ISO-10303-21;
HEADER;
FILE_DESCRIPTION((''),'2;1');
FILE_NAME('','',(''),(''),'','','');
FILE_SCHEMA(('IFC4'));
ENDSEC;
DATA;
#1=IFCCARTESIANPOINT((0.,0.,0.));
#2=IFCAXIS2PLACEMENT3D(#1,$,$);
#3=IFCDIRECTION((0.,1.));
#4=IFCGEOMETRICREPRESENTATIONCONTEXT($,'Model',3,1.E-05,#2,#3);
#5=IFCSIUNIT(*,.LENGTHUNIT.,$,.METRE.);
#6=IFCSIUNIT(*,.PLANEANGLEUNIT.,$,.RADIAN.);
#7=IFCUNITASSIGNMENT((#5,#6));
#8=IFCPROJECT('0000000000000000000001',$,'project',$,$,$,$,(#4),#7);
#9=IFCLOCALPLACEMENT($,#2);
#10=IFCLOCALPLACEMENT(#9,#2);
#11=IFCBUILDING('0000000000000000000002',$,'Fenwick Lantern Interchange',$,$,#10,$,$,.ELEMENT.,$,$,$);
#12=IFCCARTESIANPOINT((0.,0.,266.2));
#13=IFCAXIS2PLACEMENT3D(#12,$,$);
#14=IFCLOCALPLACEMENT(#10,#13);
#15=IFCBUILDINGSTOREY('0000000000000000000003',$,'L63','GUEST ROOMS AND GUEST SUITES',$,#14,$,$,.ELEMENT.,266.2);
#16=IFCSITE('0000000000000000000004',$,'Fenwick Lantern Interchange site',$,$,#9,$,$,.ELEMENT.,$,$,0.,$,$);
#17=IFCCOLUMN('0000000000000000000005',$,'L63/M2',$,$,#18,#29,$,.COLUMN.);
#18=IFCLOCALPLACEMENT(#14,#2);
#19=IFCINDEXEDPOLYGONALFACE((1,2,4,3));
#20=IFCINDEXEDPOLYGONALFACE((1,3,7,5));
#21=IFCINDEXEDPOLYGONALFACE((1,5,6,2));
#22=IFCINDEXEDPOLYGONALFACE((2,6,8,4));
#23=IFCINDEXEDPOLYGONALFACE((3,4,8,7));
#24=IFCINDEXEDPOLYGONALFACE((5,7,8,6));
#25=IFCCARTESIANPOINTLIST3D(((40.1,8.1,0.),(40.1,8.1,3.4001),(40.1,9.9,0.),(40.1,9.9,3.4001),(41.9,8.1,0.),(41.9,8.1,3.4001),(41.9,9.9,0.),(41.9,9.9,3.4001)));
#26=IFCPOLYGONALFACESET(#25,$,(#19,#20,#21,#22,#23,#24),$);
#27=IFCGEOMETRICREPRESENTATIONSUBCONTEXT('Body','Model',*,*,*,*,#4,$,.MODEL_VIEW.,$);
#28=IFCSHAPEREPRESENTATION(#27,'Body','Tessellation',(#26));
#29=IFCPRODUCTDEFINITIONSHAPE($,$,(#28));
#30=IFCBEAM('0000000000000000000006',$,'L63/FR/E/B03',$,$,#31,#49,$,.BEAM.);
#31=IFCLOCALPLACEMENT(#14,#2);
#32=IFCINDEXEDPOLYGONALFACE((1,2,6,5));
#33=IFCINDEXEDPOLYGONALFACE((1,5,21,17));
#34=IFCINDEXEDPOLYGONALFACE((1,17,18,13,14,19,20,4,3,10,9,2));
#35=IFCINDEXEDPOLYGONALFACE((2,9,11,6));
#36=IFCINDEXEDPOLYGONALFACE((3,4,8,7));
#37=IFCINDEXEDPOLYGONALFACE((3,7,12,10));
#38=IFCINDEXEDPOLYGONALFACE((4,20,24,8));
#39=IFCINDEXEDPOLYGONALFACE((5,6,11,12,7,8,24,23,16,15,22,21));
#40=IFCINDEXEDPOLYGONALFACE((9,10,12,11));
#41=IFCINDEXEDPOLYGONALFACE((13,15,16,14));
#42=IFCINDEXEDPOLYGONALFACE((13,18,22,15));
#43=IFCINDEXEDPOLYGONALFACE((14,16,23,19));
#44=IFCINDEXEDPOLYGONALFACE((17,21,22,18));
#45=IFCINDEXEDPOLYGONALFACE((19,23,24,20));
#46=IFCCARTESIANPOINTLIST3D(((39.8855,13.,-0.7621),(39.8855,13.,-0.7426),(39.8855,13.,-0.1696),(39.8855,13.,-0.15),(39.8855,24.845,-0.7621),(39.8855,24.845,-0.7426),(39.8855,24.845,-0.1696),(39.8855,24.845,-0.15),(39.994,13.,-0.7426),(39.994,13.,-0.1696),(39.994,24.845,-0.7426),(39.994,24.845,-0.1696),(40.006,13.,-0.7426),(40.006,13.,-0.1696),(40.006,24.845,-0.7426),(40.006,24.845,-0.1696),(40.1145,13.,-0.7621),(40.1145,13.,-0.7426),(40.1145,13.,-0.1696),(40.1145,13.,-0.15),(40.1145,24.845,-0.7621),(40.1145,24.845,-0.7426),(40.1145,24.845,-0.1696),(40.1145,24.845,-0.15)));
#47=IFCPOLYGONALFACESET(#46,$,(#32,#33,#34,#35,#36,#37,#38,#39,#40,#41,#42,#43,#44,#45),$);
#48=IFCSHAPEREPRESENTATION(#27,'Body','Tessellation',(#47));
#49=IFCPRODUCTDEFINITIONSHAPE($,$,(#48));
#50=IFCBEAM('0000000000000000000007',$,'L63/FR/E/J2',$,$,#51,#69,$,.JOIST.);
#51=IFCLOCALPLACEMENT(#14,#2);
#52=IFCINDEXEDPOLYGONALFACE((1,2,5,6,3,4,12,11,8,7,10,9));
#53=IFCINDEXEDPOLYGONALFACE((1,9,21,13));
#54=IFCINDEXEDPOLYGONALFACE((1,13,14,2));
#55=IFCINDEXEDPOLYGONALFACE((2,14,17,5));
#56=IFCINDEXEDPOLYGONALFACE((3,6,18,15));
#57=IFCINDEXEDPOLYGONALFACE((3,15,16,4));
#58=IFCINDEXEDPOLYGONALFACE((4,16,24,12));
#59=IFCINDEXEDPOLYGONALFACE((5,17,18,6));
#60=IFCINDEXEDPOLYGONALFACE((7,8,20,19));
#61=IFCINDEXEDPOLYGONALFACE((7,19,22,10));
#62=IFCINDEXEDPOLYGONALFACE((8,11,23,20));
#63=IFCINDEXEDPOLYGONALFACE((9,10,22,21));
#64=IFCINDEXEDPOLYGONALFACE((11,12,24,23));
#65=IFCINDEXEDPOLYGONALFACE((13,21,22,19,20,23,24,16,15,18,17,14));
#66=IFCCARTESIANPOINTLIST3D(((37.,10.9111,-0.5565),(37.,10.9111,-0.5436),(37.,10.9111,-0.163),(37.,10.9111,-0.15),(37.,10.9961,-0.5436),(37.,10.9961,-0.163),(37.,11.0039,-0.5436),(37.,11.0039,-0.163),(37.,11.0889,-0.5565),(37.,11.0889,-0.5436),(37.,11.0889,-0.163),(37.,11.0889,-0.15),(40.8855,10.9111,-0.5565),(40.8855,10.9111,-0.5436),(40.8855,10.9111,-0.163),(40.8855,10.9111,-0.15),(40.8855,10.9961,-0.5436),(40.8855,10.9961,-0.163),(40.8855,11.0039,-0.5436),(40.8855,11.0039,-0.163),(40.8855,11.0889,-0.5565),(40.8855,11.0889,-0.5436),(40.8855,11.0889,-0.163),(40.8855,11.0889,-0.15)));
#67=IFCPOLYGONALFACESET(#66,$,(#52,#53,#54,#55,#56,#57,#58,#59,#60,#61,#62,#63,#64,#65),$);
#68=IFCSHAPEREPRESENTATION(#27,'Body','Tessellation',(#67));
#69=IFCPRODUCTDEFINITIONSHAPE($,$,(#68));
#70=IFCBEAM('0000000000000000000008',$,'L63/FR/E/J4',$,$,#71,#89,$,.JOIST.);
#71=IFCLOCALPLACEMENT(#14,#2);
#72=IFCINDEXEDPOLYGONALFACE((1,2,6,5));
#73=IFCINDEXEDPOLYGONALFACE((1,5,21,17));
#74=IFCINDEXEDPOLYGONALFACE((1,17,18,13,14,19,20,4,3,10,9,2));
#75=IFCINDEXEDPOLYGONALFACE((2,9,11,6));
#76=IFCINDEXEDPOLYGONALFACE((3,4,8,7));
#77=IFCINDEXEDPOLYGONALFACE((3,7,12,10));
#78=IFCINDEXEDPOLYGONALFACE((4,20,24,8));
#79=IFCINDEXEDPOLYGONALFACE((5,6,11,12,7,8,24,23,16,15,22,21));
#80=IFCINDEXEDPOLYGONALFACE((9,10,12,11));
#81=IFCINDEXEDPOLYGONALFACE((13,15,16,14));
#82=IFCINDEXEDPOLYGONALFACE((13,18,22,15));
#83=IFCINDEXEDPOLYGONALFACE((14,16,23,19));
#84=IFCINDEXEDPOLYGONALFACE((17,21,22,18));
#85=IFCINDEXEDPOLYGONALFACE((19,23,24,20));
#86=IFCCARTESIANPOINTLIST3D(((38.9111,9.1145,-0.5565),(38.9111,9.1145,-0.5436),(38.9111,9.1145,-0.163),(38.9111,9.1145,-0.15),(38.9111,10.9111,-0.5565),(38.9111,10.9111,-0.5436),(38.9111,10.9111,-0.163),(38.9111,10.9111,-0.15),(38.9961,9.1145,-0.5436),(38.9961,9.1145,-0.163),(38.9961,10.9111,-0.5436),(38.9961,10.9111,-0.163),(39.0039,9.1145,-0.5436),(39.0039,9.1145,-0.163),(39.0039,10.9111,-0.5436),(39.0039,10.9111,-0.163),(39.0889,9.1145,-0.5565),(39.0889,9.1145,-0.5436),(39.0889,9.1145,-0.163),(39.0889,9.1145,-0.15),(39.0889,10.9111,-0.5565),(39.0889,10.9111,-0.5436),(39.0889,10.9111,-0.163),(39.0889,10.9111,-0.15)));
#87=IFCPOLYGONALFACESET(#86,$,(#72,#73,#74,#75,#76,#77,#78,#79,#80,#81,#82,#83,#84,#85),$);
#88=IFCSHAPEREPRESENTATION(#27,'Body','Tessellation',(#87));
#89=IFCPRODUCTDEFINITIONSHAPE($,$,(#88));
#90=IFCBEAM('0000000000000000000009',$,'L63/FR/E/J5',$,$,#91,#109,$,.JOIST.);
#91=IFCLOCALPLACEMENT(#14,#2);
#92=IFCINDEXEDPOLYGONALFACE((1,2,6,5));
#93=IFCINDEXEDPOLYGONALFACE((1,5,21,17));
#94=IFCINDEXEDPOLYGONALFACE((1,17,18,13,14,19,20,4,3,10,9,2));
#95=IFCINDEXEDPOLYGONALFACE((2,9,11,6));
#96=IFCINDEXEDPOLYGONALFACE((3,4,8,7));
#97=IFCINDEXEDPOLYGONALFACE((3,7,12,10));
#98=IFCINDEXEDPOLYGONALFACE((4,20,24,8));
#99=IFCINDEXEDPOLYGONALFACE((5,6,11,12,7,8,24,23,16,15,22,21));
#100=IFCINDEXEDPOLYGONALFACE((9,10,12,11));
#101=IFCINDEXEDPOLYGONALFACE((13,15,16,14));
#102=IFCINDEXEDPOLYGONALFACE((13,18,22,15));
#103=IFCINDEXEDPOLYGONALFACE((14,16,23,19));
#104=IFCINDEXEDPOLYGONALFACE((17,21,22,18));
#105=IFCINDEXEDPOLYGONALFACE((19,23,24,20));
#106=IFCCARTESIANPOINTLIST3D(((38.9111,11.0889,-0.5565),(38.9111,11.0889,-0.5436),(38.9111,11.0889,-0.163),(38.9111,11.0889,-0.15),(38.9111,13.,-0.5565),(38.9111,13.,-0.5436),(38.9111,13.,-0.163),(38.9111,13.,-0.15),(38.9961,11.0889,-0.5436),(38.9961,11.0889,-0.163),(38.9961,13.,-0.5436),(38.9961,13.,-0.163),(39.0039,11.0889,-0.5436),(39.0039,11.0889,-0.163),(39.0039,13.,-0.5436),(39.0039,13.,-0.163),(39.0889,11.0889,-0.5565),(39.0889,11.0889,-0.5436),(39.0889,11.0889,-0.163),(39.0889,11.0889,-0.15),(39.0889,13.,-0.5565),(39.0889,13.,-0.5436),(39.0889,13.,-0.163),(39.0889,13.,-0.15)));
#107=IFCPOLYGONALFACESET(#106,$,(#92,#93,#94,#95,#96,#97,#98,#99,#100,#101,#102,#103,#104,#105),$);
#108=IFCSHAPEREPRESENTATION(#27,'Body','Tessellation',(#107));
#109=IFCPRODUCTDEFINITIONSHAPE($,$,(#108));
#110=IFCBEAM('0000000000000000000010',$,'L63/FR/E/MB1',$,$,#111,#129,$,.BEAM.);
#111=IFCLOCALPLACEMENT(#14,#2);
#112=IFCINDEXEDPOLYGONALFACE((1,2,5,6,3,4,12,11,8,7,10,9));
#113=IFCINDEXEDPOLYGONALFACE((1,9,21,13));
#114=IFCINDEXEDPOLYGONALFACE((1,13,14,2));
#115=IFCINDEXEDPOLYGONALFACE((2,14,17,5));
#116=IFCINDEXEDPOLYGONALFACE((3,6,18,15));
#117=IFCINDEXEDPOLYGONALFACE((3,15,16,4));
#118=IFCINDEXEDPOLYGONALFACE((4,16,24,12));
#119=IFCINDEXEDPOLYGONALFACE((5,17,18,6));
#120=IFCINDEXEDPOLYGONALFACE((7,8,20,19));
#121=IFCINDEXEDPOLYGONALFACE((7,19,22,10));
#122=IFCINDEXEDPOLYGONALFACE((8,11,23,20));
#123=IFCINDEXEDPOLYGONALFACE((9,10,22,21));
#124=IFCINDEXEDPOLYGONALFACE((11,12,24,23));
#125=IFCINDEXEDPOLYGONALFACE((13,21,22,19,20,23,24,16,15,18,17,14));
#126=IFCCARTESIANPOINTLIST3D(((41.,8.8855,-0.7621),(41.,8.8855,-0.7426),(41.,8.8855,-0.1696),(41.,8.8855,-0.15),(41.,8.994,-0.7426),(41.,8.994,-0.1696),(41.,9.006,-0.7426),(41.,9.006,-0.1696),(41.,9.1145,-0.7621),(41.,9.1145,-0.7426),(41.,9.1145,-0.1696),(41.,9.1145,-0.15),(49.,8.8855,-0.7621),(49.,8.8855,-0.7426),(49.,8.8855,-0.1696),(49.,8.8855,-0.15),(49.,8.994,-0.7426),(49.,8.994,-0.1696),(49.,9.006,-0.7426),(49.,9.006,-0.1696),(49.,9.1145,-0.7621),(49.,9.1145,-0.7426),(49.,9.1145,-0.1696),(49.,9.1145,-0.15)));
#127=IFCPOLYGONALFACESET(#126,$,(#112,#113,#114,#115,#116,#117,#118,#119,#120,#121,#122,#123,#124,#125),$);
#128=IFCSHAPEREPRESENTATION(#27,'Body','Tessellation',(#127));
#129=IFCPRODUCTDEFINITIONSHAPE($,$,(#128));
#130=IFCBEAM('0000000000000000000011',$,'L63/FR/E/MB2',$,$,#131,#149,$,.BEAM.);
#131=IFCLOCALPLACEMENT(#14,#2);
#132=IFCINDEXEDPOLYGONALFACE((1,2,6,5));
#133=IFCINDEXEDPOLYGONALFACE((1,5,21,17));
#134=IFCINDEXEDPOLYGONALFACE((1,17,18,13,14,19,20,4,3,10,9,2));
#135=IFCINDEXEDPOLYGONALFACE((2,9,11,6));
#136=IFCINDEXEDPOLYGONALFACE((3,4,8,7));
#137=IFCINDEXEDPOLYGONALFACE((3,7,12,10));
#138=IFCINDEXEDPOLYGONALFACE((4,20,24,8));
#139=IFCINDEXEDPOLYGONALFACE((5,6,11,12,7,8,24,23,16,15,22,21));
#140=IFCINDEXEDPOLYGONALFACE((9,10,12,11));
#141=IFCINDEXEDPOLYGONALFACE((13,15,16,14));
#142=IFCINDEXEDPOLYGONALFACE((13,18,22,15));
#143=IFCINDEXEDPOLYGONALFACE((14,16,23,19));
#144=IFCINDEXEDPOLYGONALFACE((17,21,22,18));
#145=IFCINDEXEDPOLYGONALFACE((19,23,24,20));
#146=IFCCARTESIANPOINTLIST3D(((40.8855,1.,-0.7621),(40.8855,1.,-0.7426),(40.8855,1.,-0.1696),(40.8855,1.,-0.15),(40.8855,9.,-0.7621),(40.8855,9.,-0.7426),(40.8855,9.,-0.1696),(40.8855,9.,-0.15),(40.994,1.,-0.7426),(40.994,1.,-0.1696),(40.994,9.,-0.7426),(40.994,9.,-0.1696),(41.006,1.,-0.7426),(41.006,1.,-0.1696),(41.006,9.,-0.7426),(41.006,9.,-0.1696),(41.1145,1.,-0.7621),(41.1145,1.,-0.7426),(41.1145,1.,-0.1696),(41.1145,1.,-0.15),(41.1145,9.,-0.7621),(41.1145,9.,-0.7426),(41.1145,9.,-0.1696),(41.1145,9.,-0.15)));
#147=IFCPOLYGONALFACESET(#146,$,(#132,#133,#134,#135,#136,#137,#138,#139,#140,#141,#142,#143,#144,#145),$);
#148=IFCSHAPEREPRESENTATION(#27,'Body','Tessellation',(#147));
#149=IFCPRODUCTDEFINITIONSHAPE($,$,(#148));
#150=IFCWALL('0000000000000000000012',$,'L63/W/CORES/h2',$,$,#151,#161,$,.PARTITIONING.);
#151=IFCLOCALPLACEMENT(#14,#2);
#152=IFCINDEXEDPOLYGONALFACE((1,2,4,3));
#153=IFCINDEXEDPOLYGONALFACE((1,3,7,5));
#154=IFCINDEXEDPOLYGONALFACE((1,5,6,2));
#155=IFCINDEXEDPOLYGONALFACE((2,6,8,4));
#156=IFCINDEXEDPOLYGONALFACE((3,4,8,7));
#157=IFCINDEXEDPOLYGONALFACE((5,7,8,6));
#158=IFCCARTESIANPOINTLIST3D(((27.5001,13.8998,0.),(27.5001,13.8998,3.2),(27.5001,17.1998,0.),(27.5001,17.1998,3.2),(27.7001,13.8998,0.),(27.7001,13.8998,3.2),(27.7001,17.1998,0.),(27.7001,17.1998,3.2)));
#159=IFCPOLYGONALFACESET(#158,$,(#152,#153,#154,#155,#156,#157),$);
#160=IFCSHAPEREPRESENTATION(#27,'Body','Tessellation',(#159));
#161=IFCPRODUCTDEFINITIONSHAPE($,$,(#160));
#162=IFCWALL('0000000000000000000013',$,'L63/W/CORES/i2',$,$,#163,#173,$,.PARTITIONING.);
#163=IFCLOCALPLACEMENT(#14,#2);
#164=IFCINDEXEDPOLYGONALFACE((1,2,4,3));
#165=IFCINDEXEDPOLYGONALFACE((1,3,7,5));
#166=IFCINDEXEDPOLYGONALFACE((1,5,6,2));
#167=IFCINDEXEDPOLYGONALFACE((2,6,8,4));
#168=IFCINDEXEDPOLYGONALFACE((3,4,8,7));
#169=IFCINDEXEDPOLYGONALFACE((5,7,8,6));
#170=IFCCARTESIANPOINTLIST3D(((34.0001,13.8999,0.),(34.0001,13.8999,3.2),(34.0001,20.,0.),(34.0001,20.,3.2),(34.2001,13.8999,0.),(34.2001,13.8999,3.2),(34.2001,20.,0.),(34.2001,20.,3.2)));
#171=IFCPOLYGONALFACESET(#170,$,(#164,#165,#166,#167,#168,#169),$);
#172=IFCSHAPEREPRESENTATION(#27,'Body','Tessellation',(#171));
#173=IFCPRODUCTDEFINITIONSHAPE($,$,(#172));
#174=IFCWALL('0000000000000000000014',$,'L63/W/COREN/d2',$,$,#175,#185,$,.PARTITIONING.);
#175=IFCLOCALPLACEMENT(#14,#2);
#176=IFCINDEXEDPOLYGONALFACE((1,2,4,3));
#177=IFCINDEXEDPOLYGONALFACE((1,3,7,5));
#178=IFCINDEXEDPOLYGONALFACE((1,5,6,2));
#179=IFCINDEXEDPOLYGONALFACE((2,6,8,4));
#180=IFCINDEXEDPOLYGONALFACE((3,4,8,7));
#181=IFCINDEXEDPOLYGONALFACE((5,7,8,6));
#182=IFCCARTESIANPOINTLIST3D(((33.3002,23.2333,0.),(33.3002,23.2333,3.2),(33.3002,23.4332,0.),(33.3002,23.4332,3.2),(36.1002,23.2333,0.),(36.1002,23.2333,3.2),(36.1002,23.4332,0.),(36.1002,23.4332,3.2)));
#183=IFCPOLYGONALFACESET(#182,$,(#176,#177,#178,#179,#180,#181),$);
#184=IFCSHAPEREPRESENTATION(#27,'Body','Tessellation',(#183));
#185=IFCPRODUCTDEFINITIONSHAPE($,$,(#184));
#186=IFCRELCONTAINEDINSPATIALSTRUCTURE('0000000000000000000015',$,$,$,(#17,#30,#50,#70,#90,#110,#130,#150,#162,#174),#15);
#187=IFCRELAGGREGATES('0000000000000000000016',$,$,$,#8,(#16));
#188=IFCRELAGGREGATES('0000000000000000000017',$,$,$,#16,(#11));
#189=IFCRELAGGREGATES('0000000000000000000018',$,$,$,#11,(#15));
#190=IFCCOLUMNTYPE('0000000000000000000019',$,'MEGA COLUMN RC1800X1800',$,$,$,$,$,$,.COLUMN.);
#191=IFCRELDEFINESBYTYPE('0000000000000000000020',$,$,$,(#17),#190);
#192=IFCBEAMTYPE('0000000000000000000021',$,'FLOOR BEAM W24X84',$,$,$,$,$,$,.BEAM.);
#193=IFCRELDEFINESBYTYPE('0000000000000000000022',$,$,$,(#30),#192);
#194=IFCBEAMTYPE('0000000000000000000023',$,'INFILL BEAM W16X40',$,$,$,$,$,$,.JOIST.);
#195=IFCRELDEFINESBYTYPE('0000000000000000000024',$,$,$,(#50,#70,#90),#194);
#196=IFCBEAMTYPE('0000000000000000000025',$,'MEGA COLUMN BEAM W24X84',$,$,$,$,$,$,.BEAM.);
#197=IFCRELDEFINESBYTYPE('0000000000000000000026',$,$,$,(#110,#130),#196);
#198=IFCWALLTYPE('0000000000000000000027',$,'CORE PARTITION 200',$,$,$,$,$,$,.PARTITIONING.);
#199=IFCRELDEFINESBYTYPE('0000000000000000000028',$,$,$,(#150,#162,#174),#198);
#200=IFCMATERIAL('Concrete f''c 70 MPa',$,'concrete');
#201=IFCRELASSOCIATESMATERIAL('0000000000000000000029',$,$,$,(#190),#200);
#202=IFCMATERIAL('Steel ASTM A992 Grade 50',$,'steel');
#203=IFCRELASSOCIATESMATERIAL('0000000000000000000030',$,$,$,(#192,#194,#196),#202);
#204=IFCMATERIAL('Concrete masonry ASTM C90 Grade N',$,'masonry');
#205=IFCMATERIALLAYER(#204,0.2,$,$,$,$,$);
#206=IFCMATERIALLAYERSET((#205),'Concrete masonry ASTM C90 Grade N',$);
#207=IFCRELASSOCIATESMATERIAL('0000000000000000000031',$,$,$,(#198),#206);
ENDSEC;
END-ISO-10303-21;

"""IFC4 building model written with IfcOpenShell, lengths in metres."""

from ifc_helpers import new_model, si_unit, direction, frame, frame_2d, origin, origin_2d, place, context, subcontext, project, spatial, rectangle, i_section, extrude, material, layer, layer_set, material_profile, profile_set, type_object, element, save


model = new_model("IFC4")

# Units and contexts
model_context = context("Model", 3, precision=1e-05, world=origin(), true_north=direction((0.0, 1.0)))
body_context = subcontext(model_context, "Body", "Model", "MODEL_VIEW")
ifc_project = project(units=[si_unit("LENGTHUNIT", "METRE"), si_unit("PLANEANGLEUNIT", "RADIAN")], contexts=[model_context])

# Site, building, storey
site_placement = place(None, origin())
site = spatial("IfcSite", under=ifc_project, at=site_placement, Name="Fenwick Lantern Interchange site", CompositionType="ELEMENT", RefElevation=0.0)
building_placement = place(site_placement, origin())
building = spatial("IfcBuilding", under=site, at=building_placement, Name="Fenwick Lantern Interchange", CompositionType="ELEMENT")
storey_placement = place(building_placement, frame((0.0, 0.0, 266.2)))
storey = spatial("IfcBuildingStorey", under=building, at=storey_placement, Name="L63", Description="GUEST ROOMS AND GUEST SUITES", CompositionType="ELEMENT", Elevation=266.2)

# Column
ifc_material_1 = material(Name="Concrete f'c 70 MPa", Category="concrete")
ifc_material_profile_1 = material_profile(ifc_material_1, rectangle(XDim=1.8, YDim=1.8, at=origin_2d()), Name="RC1800X1800")
ifc_profile_set_1 = profile_set([ifc_material_profile_1], Name="Concrete f'c 70 MPa")
column_type = type_object("IfcColumnType", Name="MEGA COLUMN RC1800X1800", PredefinedType="COLUMN", material=ifc_profile_set_1)
column_placement = place(storey_placement, frame((41.0, 9.0, 0.0), z_axis=(0.0, 0.0, 1.0), x_axis=(1.0, 0.0, 0.0)))
element("IfcColumn", 1, at=column_placement, inside=storey, type_object=column_type, Name="L63/M2", PredefinedType="COLUMN", context=body_context, shape_type="SweptSolid", body=[
    extrude(rectangle(XDim=1.8, YDim=1.8, at=origin_2d()), origin(), (0.0, 0.0, 1.0), 3.4001),
])

# Beams
ifc_material_2 = material(Name="Steel ASTM A992 Grade 50", Category="steel")
ifc_material_profile_2 = material_profile(ifc_material_2, i_section(OverallWidth=0.229, OverallDepth=0.6121, WebThickness=0.012, FlangeThickness=0.0195, at=origin_2d()), Name="W24X84")
ifc_profile_set_2 = profile_set([ifc_material_profile_2], Name="Steel ASTM A992 Grade 50")
beam_type_1 = type_object("IfcBeamType", Name="FLOOR BEAM W24X84", PredefinedType="BEAM", material=ifc_profile_set_2)
beam_1_placement = place(storey_placement, frame((40.0, 13.0, -0.4561), z_axis=(0.0, 1.0, 0.0), x_axis=(-1.0, 0.0, 0.0)))
element("IfcBeam", 2, at=beam_1_placement, inside=storey, type_object=beam_type_1, Name="L63/FR/E/B03", PredefinedType="BEAM", context=body_context, shape_type="SweptSolid", body=[
    extrude(i_section(OverallWidth=0.229, OverallDepth=0.6121, WebThickness=0.012, FlangeThickness=0.0195, at=origin_2d()), origin(), (0.0, 0.0, 1.0), 11.845),
])
ifc_material_profile_3 = material_profile(ifc_material_2, i_section(OverallWidth=0.1777, OverallDepth=0.4065, WebThickness=0.0078, FlangeThickness=0.0129, at=origin_2d()), Name="W16X40")
ifc_profile_set_3 = profile_set([ifc_material_profile_3], Name="Steel ASTM A992 Grade 50")
beam_type_2 = type_object("IfcBeamType", Name="INFILL BEAM W16X40", PredefinedType="JOIST", material=ifc_profile_set_3)
beam_2_placement = place(storey_placement, frame((40.8855, 11.0, -0.3533), z_axis=(-1.0, 0.0, 0.0), x_axis=(0.0, -1.0, 0.0)))
element("IfcBeam", 3, at=beam_2_placement, inside=storey, type_object=beam_type_2, Name="L63/FR/E/J2", PredefinedType="JOIST", context=body_context, shape_type="SweptSolid", body=[
    extrude(i_section(OverallWidth=0.1777, OverallDepth=0.4065, WebThickness=0.0078, FlangeThickness=0.0129, at=origin_2d()), origin(), (0.0, 0.0, 1.0), 3.8855),
])
beam_3_placement = place(storey_placement, frame((39.0, 9.1145, -0.3533), z_axis=(0.0, 1.0, 0.0), x_axis=(-1.0, 0.0, 0.0)))
element("IfcBeam", 4, at=beam_3_placement, inside=storey, type_object=beam_type_2, Name="L63/FR/E/J4", PredefinedType="JOIST", context=body_context, shape_type="SweptSolid", body=[
    extrude(i_section(OverallWidth=0.1777, OverallDepth=0.4065, WebThickness=0.0078, FlangeThickness=0.0129, at=origin_2d()), origin(), (0.0, 0.0, 1.0), 1.7966),
])
beam_4_placement = place(storey_placement, frame((39.0, 11.0889, -0.3533), z_axis=(0.0, 1.0, 0.0), x_axis=(-1.0, 0.0, 0.0)))
element("IfcBeam", 5, at=beam_4_placement, inside=storey, type_object=beam_type_2, Name="L63/FR/E/J5", PredefinedType="JOIST", context=body_context, shape_type="SweptSolid", body=[
    extrude(i_section(OverallWidth=0.1777, OverallDepth=0.4065, WebThickness=0.0078, FlangeThickness=0.0129, at=origin_2d()), origin(), (0.0, 0.0, 1.0), 1.9111),
])
ifc_material_profile_4 = material_profile(ifc_material_2, i_section(OverallWidth=0.229, OverallDepth=0.6121, WebThickness=0.012, FlangeThickness=0.0195, at=origin_2d()), Name="W24X84")
ifc_profile_set_4 = profile_set([ifc_material_profile_4], Name="Steel ASTM A992 Grade 50")
beam_type_3 = type_object("IfcBeamType", Name="MEGA COLUMN BEAM W24X84", PredefinedType="BEAM", material=ifc_profile_set_4)
for number, where, z_axis, x_axis, name in (
    (6, (41.0, 9.0, -0.4561), (1.0, 0.0, 0.0), (0.0, 1.0, 0.0), "L63/FR/E/MB1"),
    (7, (41.0, 9.0, -0.4561), (0.0, -1.0, 0.0), (1.0, 0.0, 0.0), "L63/FR/E/MB2"),
):
    element("IfcBeam", number, at=place(storey_placement, frame(where, z_axis=z_axis, x_axis=x_axis)), inside=storey, type_object=beam_type_3, Name=name, PredefinedType="BEAM", context=body_context, shape_type="SweptSolid", body=[
        extrude(i_section(OverallWidth=0.229, OverallDepth=0.6121, WebThickness=0.012, FlangeThickness=0.0195, at=origin_2d()), origin(), (0.0, 0.0, 1.0), 8.0),
    ])

# Walls
ifc_material_3 = material(Name="Concrete masonry ASTM C90 Grade N", Category="masonry")
ifc_layer_1 = layer(ifc_material_3, 0.2)
ifc_layer_set_1 = layer_set([ifc_layer_1], Name="Concrete masonry ASTM C90 Grade N")
wall_type_1 = type_object("IfcWallType", Name="CORE PARTITION 200", PredefinedType="PARTITIONING", material=ifc_layer_set_1)
wall_1_placement = place(storey_placement, frame((27.6001, 13.8999, 0.0), z_axis=(0.0, 0.0, 1.0), x_axis=(0.0, 1.0, 0.0)))
element("IfcWall", 8, at=wall_1_placement, inside=storey, type_object=wall_type_1, Name="L63/W/CORES/h2", PredefinedType="PARTITIONING", context=body_context, shape_type="SweptSolid", body=[
    extrude(rectangle(XDim=3.3, YDim=0.2, at=frame_2d((1.6499, 0.0))), origin(), (0.0, 0.0, 1.0), 3.2),
])
wall_2_placement = place(storey_placement, frame((34.1001, 13.8999, 0.0), z_axis=(0.0, 0.0, 1.0), x_axis=(0.0, 1.0, 0.0)))
element("IfcWall", 9, at=wall_2_placement, inside=storey, type_object=wall_type_1, Name="L63/W/CORES/i2", PredefinedType="PARTITIONING", context=body_context, shape_type="SweptSolid", body=[
    extrude(rectangle(XDim=6.1001, YDim=0.2, at=frame_2d((3.05, 0.0))), origin(), (0.0, 0.0, 1.0), 3.2),
])
for number, where, z_axis, x_axis, name in (
    (10, (36.1001, 23.3333, 0.0), (0.0, 0.0, 1.0), (-1.0, 0.0, 0.0), "L63/W/COREN/d2"),
):
    element("IfcWall", number, at=place(storey_placement, frame(where, z_axis=z_axis, x_axis=x_axis)), inside=storey, type_object=wall_type_1, Name=name, PredefinedType="PARTITIONING", context=body_context, shape_type="SweptSolid", body=[
        extrude(rectangle(XDim=2.8, YDim=0.2, at=frame_2d((1.3999, 0.0))), origin(), (0.0, 0.0, 1.0), 3.2),
    ])

save(model, "model.ifc")
